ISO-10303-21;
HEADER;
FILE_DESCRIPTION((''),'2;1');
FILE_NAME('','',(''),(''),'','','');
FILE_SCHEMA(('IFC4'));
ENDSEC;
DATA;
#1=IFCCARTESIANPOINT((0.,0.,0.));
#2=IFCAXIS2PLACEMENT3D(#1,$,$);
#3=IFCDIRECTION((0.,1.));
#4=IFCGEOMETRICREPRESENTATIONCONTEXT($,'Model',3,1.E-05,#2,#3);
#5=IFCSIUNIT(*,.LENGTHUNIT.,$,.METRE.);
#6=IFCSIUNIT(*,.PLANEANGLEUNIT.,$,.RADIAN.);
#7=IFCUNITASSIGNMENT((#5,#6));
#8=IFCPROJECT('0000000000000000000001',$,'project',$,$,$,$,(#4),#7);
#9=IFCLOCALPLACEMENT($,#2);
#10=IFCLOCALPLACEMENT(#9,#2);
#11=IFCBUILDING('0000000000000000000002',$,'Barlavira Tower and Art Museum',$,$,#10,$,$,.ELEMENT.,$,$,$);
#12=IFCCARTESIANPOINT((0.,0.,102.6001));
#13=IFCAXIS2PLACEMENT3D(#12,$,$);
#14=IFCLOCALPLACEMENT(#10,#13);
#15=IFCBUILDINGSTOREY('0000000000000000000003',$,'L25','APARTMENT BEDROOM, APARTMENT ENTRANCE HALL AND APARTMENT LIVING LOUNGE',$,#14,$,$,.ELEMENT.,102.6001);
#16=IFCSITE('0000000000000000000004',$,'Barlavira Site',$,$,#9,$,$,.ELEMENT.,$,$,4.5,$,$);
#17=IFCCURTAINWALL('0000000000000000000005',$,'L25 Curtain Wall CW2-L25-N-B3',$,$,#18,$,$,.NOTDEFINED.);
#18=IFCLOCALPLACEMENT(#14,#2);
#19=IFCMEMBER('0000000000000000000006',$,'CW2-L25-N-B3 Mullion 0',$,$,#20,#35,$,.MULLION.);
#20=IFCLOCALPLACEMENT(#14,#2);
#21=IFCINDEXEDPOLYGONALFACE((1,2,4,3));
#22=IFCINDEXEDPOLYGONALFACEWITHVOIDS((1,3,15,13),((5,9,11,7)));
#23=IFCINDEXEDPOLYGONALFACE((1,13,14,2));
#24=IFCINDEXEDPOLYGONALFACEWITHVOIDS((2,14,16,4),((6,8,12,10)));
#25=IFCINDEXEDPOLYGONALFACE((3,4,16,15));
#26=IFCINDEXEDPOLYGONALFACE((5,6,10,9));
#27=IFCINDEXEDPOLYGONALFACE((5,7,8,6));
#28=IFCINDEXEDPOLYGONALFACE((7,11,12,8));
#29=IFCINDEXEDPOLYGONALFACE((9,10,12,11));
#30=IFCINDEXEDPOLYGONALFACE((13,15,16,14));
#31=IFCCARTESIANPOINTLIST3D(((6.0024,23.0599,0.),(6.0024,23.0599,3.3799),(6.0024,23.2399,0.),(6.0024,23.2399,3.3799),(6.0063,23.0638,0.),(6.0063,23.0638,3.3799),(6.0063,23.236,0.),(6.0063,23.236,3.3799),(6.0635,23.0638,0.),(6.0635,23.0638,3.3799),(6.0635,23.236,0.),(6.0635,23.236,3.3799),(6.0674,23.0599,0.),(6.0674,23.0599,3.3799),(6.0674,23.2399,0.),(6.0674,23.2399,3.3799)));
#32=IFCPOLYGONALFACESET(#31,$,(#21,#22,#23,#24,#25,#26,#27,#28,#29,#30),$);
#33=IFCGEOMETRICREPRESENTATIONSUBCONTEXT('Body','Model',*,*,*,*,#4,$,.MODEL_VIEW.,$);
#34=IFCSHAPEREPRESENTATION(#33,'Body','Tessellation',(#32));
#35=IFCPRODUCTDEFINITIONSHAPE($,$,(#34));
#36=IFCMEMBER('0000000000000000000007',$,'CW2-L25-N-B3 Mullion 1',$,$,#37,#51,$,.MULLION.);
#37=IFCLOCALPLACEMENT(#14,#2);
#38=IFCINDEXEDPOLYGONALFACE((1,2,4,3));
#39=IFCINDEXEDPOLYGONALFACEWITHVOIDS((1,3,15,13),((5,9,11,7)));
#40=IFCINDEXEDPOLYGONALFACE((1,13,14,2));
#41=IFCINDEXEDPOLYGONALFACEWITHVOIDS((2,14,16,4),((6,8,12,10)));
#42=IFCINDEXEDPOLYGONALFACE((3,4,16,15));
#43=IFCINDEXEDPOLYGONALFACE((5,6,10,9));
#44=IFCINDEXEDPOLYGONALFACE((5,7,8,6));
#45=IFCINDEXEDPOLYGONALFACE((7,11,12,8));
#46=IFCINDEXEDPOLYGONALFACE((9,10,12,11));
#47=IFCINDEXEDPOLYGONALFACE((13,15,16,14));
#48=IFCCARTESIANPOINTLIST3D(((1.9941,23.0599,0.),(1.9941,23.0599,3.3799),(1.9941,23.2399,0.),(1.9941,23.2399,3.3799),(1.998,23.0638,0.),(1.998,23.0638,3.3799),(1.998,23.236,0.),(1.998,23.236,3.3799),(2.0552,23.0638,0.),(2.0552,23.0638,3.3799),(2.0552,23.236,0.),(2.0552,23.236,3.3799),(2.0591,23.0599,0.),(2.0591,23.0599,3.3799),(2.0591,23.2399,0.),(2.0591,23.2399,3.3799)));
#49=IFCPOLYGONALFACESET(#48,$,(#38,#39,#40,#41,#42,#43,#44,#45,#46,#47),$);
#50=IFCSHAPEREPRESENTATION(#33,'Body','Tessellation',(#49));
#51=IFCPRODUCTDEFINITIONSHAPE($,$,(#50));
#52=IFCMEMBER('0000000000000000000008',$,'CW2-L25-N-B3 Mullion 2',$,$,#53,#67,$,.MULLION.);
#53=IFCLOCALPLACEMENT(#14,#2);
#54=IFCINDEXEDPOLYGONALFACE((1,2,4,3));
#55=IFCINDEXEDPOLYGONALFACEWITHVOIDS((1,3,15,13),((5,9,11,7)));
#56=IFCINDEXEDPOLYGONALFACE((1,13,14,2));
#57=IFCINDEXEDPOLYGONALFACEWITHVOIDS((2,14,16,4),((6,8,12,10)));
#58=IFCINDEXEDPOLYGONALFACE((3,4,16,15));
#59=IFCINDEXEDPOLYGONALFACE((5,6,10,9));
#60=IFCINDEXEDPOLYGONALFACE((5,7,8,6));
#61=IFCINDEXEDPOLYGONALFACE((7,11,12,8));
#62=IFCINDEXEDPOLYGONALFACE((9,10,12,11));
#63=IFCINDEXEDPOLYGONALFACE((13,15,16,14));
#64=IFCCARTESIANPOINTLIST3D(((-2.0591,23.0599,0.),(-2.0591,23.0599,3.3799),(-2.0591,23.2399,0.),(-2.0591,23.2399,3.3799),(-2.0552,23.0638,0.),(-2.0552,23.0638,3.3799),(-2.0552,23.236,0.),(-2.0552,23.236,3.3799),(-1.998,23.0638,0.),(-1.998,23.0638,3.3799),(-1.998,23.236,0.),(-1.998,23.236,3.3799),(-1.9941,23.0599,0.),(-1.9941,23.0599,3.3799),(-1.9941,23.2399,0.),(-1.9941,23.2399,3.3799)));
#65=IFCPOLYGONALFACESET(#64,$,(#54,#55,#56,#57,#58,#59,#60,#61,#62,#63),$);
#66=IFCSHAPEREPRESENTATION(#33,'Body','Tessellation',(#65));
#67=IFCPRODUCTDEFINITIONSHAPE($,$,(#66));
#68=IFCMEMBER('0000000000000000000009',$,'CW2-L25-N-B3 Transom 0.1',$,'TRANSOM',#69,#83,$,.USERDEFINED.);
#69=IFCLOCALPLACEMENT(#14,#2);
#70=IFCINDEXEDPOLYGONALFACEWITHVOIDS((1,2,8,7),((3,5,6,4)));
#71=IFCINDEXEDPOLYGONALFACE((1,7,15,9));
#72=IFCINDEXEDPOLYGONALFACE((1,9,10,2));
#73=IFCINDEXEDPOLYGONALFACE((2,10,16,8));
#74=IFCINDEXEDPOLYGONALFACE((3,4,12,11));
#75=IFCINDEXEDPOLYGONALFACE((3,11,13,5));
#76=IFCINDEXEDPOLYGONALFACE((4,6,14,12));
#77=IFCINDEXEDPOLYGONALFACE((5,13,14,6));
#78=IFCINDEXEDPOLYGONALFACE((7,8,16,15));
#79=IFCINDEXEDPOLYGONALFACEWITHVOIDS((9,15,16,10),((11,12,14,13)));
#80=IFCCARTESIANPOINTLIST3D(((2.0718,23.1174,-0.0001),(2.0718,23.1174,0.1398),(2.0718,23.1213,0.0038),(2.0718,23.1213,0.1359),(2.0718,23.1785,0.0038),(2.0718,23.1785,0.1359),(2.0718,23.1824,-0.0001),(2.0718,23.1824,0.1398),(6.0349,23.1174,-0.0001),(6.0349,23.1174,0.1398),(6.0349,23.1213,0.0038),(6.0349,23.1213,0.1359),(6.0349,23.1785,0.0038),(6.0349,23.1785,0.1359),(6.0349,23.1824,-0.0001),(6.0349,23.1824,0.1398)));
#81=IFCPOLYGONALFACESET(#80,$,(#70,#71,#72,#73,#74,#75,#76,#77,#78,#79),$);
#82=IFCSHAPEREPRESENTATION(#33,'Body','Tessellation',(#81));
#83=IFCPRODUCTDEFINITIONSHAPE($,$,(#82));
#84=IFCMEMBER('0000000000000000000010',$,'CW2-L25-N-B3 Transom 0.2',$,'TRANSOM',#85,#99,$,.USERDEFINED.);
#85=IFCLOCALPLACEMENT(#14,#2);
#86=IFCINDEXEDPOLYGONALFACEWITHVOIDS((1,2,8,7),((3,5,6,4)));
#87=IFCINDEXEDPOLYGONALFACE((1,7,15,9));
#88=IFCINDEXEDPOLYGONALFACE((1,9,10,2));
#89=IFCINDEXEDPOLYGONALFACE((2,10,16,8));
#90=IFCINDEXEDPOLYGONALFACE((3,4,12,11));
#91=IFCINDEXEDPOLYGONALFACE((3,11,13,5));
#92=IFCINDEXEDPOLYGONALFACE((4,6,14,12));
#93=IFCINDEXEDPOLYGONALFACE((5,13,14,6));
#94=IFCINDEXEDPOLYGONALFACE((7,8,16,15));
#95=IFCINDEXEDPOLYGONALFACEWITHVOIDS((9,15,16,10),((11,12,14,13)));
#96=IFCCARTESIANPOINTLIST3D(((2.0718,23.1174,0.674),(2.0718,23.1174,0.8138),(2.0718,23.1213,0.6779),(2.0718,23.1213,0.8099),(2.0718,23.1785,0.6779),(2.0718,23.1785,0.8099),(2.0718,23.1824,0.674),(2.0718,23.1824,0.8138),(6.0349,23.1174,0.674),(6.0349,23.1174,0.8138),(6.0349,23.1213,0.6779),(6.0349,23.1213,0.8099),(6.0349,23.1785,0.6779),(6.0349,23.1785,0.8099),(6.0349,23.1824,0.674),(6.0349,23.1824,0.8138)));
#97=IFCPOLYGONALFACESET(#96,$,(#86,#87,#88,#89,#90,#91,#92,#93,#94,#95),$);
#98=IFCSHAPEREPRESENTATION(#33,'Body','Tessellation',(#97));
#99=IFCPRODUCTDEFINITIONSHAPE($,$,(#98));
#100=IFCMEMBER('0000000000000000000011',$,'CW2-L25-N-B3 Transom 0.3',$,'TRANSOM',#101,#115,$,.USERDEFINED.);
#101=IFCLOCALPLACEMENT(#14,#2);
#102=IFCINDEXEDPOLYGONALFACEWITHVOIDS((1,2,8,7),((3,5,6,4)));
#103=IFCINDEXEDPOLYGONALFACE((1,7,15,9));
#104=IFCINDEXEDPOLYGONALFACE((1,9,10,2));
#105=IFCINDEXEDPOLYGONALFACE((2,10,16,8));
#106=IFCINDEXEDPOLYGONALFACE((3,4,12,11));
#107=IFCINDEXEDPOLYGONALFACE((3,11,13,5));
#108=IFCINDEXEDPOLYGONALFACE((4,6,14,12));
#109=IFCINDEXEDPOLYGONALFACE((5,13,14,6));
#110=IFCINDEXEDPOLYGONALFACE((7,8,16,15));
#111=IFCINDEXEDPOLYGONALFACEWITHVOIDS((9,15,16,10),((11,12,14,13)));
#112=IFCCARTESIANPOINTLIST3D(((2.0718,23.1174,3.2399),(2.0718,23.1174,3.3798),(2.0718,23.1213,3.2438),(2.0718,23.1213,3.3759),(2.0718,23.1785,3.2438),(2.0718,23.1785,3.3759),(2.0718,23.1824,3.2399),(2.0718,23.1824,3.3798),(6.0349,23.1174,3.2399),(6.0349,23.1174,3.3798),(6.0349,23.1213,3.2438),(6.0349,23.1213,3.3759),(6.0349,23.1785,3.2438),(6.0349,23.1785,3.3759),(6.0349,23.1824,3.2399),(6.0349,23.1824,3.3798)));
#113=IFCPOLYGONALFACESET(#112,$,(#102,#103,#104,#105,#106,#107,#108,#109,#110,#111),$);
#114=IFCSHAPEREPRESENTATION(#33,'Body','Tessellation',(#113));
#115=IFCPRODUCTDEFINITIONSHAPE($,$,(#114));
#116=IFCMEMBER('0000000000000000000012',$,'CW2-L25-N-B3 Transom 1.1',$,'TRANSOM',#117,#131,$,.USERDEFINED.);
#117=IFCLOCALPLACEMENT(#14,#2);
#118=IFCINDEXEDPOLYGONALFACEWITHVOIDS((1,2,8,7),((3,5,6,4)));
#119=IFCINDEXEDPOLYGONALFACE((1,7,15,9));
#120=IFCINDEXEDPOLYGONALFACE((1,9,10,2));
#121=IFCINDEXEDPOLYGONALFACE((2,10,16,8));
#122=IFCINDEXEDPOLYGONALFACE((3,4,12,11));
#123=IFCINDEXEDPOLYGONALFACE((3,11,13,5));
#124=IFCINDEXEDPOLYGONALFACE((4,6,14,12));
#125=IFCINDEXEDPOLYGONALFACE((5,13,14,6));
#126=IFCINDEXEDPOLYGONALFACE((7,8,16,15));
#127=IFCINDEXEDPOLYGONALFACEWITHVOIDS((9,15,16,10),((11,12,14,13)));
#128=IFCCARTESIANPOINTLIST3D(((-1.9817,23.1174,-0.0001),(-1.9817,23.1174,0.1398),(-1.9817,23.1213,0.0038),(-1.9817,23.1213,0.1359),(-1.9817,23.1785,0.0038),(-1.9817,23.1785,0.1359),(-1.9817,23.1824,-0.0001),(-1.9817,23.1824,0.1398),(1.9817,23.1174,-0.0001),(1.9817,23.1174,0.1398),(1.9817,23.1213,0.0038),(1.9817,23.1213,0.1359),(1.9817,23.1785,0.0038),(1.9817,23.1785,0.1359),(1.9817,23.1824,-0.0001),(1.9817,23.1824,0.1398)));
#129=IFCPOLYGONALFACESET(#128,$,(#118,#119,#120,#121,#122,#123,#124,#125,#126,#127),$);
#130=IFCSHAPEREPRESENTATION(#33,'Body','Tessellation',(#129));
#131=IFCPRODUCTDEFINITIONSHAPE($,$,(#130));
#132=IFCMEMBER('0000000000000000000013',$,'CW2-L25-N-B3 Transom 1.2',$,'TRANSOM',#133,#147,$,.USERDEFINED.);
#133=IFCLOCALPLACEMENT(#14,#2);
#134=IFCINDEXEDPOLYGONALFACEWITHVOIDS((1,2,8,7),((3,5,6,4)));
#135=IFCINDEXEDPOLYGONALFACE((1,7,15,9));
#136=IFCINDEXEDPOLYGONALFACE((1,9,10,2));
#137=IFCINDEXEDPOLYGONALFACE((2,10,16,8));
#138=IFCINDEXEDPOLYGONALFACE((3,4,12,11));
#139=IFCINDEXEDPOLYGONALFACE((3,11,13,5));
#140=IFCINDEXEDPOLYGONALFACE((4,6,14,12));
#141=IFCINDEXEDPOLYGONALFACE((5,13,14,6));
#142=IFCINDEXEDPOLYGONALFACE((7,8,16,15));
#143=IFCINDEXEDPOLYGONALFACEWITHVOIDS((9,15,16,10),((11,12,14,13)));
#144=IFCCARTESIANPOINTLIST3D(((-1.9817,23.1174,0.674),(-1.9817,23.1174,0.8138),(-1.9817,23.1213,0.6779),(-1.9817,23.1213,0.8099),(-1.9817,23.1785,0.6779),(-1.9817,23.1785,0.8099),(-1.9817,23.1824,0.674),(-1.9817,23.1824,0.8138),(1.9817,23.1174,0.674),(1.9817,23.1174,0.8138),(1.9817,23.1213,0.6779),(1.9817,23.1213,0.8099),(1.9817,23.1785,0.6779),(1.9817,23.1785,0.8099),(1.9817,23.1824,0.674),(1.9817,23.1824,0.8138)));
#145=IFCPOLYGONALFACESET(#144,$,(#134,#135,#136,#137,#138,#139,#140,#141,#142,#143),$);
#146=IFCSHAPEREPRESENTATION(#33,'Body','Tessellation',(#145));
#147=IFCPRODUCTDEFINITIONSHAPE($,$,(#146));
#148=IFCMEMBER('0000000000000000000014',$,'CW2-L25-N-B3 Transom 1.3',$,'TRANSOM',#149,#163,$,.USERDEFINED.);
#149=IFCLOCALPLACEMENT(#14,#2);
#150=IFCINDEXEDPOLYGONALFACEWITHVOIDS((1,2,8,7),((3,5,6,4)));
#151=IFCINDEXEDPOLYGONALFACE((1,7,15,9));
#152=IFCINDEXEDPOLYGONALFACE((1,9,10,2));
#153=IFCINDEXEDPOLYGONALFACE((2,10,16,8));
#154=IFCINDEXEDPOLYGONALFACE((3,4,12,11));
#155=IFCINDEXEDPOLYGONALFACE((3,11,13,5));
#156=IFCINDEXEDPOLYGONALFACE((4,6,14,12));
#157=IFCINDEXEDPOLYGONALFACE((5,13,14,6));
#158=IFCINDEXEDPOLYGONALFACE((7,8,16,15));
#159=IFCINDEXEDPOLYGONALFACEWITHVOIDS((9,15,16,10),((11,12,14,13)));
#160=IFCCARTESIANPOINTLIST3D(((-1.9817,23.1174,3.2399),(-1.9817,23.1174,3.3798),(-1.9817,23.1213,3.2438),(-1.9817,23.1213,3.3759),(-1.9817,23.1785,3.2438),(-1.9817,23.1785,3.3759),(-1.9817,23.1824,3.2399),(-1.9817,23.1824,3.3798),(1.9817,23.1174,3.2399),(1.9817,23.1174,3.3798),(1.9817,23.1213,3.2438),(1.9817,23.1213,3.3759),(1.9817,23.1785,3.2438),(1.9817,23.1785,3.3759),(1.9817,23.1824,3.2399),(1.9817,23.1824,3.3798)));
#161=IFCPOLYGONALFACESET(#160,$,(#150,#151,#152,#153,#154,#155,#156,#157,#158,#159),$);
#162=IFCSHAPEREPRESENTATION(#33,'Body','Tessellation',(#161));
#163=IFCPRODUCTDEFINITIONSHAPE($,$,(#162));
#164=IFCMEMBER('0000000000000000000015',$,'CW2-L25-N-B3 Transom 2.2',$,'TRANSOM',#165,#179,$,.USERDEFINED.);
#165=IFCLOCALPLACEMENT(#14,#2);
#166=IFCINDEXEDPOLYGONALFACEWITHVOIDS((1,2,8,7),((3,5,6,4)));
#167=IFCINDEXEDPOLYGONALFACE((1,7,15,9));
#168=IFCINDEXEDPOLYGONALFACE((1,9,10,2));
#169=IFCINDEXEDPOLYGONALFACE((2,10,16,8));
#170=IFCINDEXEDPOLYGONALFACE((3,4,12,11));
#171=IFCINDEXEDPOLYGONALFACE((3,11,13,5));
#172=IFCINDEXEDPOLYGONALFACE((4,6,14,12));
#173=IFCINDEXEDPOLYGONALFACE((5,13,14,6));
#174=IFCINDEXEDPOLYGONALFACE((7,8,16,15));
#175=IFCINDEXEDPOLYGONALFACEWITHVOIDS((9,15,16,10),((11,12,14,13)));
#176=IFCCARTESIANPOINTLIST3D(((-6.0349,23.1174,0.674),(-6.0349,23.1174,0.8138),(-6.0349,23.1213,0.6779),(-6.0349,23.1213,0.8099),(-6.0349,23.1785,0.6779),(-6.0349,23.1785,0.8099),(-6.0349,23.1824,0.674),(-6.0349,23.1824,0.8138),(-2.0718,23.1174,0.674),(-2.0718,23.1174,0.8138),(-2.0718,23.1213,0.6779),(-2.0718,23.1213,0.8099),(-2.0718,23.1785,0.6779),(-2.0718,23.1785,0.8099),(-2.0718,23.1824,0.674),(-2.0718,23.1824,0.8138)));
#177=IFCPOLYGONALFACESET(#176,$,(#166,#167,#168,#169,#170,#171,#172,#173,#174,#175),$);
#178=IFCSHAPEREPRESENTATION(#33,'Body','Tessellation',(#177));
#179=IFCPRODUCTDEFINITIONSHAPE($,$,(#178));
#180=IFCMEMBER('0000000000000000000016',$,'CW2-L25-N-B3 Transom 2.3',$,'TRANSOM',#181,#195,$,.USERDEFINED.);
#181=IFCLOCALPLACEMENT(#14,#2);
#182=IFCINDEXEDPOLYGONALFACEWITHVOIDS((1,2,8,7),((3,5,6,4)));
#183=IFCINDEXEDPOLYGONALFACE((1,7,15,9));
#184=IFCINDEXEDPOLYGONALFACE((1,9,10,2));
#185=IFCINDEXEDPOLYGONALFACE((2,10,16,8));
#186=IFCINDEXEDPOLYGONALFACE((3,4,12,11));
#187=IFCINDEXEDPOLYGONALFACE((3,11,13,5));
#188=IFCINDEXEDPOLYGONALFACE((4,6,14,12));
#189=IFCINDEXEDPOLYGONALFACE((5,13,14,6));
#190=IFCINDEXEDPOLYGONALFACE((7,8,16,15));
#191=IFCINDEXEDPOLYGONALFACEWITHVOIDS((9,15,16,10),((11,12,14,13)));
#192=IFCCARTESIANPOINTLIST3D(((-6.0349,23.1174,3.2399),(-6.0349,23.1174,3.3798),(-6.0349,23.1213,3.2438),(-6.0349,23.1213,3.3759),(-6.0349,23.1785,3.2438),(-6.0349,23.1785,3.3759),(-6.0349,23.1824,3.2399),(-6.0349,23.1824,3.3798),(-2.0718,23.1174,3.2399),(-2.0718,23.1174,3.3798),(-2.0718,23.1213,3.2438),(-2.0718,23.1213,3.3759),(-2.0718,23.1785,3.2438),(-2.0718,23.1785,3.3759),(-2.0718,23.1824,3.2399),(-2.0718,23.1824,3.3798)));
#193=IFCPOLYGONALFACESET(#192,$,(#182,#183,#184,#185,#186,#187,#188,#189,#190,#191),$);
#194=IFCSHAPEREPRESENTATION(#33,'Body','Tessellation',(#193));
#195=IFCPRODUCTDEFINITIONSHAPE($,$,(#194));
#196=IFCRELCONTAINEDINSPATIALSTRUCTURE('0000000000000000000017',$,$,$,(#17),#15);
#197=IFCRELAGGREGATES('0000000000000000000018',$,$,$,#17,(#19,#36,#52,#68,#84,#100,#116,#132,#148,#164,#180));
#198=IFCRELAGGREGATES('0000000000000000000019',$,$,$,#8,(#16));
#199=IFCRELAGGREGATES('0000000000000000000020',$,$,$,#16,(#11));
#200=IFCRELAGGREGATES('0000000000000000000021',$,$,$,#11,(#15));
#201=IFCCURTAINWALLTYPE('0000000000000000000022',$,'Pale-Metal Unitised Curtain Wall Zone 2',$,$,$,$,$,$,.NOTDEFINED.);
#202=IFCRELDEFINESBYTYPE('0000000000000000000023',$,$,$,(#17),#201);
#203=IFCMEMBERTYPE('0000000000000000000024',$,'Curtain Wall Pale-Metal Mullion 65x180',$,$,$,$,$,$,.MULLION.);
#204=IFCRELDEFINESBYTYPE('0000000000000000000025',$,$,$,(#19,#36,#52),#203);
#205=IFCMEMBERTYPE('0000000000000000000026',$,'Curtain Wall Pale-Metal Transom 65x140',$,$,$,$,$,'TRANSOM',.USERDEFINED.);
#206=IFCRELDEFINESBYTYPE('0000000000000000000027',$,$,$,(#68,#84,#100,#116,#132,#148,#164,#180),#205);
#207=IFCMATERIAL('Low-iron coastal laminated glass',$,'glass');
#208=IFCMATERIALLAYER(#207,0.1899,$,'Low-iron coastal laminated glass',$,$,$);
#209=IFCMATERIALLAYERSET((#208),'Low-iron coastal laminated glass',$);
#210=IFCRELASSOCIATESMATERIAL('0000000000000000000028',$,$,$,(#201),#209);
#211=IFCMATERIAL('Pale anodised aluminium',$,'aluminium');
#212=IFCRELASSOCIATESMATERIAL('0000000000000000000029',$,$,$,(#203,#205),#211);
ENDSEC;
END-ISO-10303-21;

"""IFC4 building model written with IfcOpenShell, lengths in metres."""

from ifc_helpers import new_model, si_unit, direction, frame, origin, origin_2d, place, context, subcontext, project, spatial, hollow_rectangle, extrude, material, layer, layer_set, material_profile, profile_set, type_object, element, aggregate, save


model = new_model("IFC4")

# Units and contexts
model_context = context("Model", 3, precision=1e-05, world=origin(), true_north=direction((0.0, 1.0)))
body_context = subcontext(model_context, "Body", "Model", "MODEL_VIEW")
ifc_project = project(units=[si_unit("LENGTHUNIT", "METRE"), si_unit("PLANEANGLEUNIT", "RADIAN")], contexts=[model_context])

# Site, building, storey
site_placement = place(None, origin())
site = spatial("IfcSite", under=ifc_project, at=site_placement, Name="Barlavira Site", CompositionType="ELEMENT", RefElevation=4.5)
building_placement = place(site_placement, origin())
building = spatial("IfcBuilding", under=site, at=building_placement, Name="Barlavira Tower and Art Museum", CompositionType="ELEMENT")
storey_placement = place(building_placement, frame((0.0, 0.0, 102.6001)))
storey = spatial("IfcBuildingStorey", under=building, at=storey_placement, Name="L25", Description="APARTMENT BEDROOM, APARTMENT ENTRANCE HALL AND APARTMENT LIVING LOUNGE", CompositionType="ELEMENT", Elevation=102.6001)

# Curtain wall, members
ifc_material_1 = material(Name="Low-iron coastal laminated glass", Category="glass")
ifc_layer_1 = layer(ifc_material_1, 0.1899, Name="Low-iron coastal laminated glass")
ifc_layer_set_1 = layer_set([ifc_layer_1], Name="Low-iron coastal laminated glass")
curtain_wall_type = type_object("IfcCurtainWallType", Name="Pale-Metal Unitised Curtain Wall Zone 2", PredefinedType="NOTDEFINED", material=ifc_layer_set_1)
curtain_wall_placement = place(storey_placement, origin())
curtain_wall = element("IfcCurtainWall", 1, at=curtain_wall_placement, inside=storey, type_object=curtain_wall_type, Name="L25 Curtain Wall CW2-L25-N-B3", PredefinedType="NOTDEFINED")
ifc_material_2 = material(Name="Pale anodised aluminium", Category="aluminium")
ifc_material_profile_1 = material_profile(ifc_material_2, hollow_rectangle(XDim=0.0649, YDim=0.1799, WallThickness=0.0039, at=origin_2d()), Name="ALU-MULL 65x180x4")
ifc_profile_set_1 = profile_set([ifc_material_profile_1], Name="Pale anodised aluminium")
member_type_1 = type_object("IfcMemberType", Name="Curtain Wall Pale-Metal Mullion 65x180", PredefinedType="MULLION", material=ifc_profile_set_1)
member_1_placement = place(storey_placement, frame((6.0349, 23.1499, 0.0), z_axis=(0.0, 0.0, 1.0), x_axis=(-1.0, 0.0, 0.0)))
member_1 = element("IfcMember", 2, at=member_1_placement, type_object=member_type_1, Name="CW2-L25-N-B3 Mullion 0", PredefinedType="MULLION", context=body_context, shape_type="SweptSolid", body=[
    extrude(hollow_rectangle(XDim=0.0649, YDim=0.1799, WallThickness=0.0039, at=origin_2d()), origin(), (0.0, 0.0, 1.0), 3.3799),
])
member_2_placement = place(storey_placement, frame((2.0266, 23.1499, 0.0), z_axis=(0.0, 0.0, 1.0), x_axis=(-1.0, 0.0, 0.0)))
member_2 = element("IfcMember", 3, at=member_2_placement, type_object=member_type_1, Name="CW2-L25-N-B3 Mullion 1", PredefinedType="MULLION", context=body_context, shape_type="SweptSolid", body=[
    extrude(hollow_rectangle(XDim=0.0649, YDim=0.1799, WallThickness=0.0039, at=origin_2d()), origin(), (0.0, 0.0, 1.0), 3.3799),
])
member_3_placement = place(storey_placement, frame((-2.0266, 23.1499, 0.0), z_axis=(0.0, 0.0, 1.0), x_axis=(-1.0, 0.0, 0.0)))
member_3 = element("IfcMember", 4, at=member_3_placement, type_object=member_type_1, Name="CW2-L25-N-B3 Mullion 2", PredefinedType="MULLION", context=body_context, shape_type="SweptSolid", body=[
    extrude(hollow_rectangle(XDim=0.0649, YDim=0.1799, WallThickness=0.0039, at=origin_2d()), origin(), (0.0, 0.0, 1.0), 3.3799),
])
ifc_material_profile_2 = material_profile(ifc_material_2, hollow_rectangle(XDim=0.0649, YDim=0.1399, WallThickness=0.0039, at=origin_2d()), Name="ALU-TRAN 65x140x4")
ifc_profile_set_2 = profile_set([ifc_material_profile_2], Name="Pale anodised aluminium")
member_type_2 = type_object("IfcMemberType", Name="Curtain Wall Pale-Metal Transom 65x140", ElementType="TRANSOM", PredefinedType="USERDEFINED", material=ifc_profile_set_2)
member_4_placement = place(storey_placement, frame((6.0349, 23.1499, 0.0698), z_axis=(-1.0, 0.0, 0.0), x_axis=(0.0, -1.0, 0.0)))
member_4 = element("IfcMember", 5, at=member_4_placement, type_object=member_type_2, Name="CW2-L25-N-B3 Transom 0.1", ObjectType="TRANSOM", PredefinedType="USERDEFINED", context=body_context, shape_type="SweptSolid", body=[
    extrude(hollow_rectangle(XDim=0.0649, YDim=0.1399, WallThickness=0.0039, at=origin_2d()), origin(), (0.0, 0.0, 1.0), 3.9631),
])
member_5_placement = place(storey_placement, frame((6.0349, 23.1499, 0.7439), z_axis=(-1.0, 0.0, 0.0), x_axis=(0.0, -1.0, 0.0)))
member_5 = element("IfcMember", 6, at=member_5_placement, type_object=member_type_2, Name="CW2-L25-N-B3 Transom 0.2", ObjectType="TRANSOM", PredefinedType="USERDEFINED", context=body_context, shape_type="SweptSolid", body=[
    extrude(hollow_rectangle(XDim=0.0649, YDim=0.1399, WallThickness=0.0039, at=origin_2d()), origin(), (0.0, 0.0, 1.0), 3.9631),
])
member_6_placement = place(storey_placement, frame((6.0349, 23.1499, 3.3098), z_axis=(-1.0, 0.0, 0.0), x_axis=(0.0, -1.0, 0.0)))
member_6 = element("IfcMember", 7, at=member_6_placement, type_object=member_type_2, Name="CW2-L25-N-B3 Transom 0.3", ObjectType="TRANSOM", PredefinedType="USERDEFINED", context=body_context, shape_type="SweptSolid", body=[
    extrude(hollow_rectangle(XDim=0.0649, YDim=0.1399, WallThickness=0.0039, at=origin_2d()), origin(), (0.0, 0.0, 1.0), 3.9631),
])
member_7_placement = place(storey_placement, frame((1.9817, 23.1499, 0.0698), z_axis=(-1.0, 0.0, 0.0), x_axis=(0.0, -1.0, 0.0)))
member_7 = element("IfcMember", 8, at=member_7_placement, type_object=member_type_2, Name="CW2-L25-N-B3 Transom 1.1", ObjectType="TRANSOM", PredefinedType="USERDEFINED", context=body_context, shape_type="SweptSolid", body=[
    extrude(hollow_rectangle(XDim=0.0649, YDim=0.1399, WallThickness=0.0039, at=origin_2d()), origin(), (0.0, 0.0, 1.0), 3.9634),
])
member_8_placement = place(storey_placement, frame((1.9817, 23.1499, 0.7439), z_axis=(-1.0, 0.0, 0.0), x_axis=(0.0, -1.0, 0.0)))
member_8 = element("IfcMember", 9, at=member_8_placement, type_object=member_type_2, Name="CW2-L25-N-B3 Transom 1.2", ObjectType="TRANSOM", PredefinedType="USERDEFINED", context=body_context, shape_type="SweptSolid", body=[
    extrude(hollow_rectangle(XDim=0.0649, YDim=0.1399, WallThickness=0.0039, at=origin_2d()), origin(), (0.0, 0.0, 1.0), 3.9634),
])
member_9_placement = place(storey_placement, frame((1.9817, 23.1499, 3.3098), z_axis=(-1.0, 0.0, 0.0), x_axis=(0.0, -1.0, 0.0)))
member_9 = element("IfcMember", 10, at=member_9_placement, type_object=member_type_2, Name="CW2-L25-N-B3 Transom 1.3", ObjectType="TRANSOM", PredefinedType="USERDEFINED", context=body_context, shape_type="SweptSolid", body=[
    extrude(hollow_rectangle(XDim=0.0649, YDim=0.1399, WallThickness=0.0039, at=origin_2d()), origin(), (0.0, 0.0, 1.0), 3.9634),
])
member_10_placement = place(storey_placement, frame((-2.0718, 23.1499, 0.7439), z_axis=(-1.0, 0.0, 0.0), x_axis=(0.0, -1.0, 0.0)))
member_10 = element("IfcMember", 11, at=member_10_placement, type_object=member_type_2, Name="CW2-L25-N-B3 Transom 2.2", ObjectType="TRANSOM", PredefinedType="USERDEFINED", context=body_context, shape_type="SweptSolid", body=[
    extrude(hollow_rectangle(XDim=0.0649, YDim=0.1399, WallThickness=0.0039, at=origin_2d()), origin(), (0.0, 0.0, 1.0), 3.9631),
])
member_11_placement = place(storey_placement, frame((-2.0718, 23.1499, 3.3098), z_axis=(-1.0, 0.0, 0.0), x_axis=(0.0, -1.0, 0.0)))
member_11 = element("IfcMember", 12, at=member_11_placement, type_object=member_type_2, Name="CW2-L25-N-B3 Transom 2.3", ObjectType="TRANSOM", PredefinedType="USERDEFINED", context=body_context, shape_type="SweptSolid", body=[
    extrude(hollow_rectangle(XDim=0.0649, YDim=0.1399, WallThickness=0.0039, at=origin_2d()), origin(), (0.0, 0.0, 1.0), 3.9631),
])

aggregate(curtain_wall, [member_1, member_2, member_3, member_4, member_5, member_6, member_7, member_8, member_9, member_10, member_11])

save(model, "model.ifc")
